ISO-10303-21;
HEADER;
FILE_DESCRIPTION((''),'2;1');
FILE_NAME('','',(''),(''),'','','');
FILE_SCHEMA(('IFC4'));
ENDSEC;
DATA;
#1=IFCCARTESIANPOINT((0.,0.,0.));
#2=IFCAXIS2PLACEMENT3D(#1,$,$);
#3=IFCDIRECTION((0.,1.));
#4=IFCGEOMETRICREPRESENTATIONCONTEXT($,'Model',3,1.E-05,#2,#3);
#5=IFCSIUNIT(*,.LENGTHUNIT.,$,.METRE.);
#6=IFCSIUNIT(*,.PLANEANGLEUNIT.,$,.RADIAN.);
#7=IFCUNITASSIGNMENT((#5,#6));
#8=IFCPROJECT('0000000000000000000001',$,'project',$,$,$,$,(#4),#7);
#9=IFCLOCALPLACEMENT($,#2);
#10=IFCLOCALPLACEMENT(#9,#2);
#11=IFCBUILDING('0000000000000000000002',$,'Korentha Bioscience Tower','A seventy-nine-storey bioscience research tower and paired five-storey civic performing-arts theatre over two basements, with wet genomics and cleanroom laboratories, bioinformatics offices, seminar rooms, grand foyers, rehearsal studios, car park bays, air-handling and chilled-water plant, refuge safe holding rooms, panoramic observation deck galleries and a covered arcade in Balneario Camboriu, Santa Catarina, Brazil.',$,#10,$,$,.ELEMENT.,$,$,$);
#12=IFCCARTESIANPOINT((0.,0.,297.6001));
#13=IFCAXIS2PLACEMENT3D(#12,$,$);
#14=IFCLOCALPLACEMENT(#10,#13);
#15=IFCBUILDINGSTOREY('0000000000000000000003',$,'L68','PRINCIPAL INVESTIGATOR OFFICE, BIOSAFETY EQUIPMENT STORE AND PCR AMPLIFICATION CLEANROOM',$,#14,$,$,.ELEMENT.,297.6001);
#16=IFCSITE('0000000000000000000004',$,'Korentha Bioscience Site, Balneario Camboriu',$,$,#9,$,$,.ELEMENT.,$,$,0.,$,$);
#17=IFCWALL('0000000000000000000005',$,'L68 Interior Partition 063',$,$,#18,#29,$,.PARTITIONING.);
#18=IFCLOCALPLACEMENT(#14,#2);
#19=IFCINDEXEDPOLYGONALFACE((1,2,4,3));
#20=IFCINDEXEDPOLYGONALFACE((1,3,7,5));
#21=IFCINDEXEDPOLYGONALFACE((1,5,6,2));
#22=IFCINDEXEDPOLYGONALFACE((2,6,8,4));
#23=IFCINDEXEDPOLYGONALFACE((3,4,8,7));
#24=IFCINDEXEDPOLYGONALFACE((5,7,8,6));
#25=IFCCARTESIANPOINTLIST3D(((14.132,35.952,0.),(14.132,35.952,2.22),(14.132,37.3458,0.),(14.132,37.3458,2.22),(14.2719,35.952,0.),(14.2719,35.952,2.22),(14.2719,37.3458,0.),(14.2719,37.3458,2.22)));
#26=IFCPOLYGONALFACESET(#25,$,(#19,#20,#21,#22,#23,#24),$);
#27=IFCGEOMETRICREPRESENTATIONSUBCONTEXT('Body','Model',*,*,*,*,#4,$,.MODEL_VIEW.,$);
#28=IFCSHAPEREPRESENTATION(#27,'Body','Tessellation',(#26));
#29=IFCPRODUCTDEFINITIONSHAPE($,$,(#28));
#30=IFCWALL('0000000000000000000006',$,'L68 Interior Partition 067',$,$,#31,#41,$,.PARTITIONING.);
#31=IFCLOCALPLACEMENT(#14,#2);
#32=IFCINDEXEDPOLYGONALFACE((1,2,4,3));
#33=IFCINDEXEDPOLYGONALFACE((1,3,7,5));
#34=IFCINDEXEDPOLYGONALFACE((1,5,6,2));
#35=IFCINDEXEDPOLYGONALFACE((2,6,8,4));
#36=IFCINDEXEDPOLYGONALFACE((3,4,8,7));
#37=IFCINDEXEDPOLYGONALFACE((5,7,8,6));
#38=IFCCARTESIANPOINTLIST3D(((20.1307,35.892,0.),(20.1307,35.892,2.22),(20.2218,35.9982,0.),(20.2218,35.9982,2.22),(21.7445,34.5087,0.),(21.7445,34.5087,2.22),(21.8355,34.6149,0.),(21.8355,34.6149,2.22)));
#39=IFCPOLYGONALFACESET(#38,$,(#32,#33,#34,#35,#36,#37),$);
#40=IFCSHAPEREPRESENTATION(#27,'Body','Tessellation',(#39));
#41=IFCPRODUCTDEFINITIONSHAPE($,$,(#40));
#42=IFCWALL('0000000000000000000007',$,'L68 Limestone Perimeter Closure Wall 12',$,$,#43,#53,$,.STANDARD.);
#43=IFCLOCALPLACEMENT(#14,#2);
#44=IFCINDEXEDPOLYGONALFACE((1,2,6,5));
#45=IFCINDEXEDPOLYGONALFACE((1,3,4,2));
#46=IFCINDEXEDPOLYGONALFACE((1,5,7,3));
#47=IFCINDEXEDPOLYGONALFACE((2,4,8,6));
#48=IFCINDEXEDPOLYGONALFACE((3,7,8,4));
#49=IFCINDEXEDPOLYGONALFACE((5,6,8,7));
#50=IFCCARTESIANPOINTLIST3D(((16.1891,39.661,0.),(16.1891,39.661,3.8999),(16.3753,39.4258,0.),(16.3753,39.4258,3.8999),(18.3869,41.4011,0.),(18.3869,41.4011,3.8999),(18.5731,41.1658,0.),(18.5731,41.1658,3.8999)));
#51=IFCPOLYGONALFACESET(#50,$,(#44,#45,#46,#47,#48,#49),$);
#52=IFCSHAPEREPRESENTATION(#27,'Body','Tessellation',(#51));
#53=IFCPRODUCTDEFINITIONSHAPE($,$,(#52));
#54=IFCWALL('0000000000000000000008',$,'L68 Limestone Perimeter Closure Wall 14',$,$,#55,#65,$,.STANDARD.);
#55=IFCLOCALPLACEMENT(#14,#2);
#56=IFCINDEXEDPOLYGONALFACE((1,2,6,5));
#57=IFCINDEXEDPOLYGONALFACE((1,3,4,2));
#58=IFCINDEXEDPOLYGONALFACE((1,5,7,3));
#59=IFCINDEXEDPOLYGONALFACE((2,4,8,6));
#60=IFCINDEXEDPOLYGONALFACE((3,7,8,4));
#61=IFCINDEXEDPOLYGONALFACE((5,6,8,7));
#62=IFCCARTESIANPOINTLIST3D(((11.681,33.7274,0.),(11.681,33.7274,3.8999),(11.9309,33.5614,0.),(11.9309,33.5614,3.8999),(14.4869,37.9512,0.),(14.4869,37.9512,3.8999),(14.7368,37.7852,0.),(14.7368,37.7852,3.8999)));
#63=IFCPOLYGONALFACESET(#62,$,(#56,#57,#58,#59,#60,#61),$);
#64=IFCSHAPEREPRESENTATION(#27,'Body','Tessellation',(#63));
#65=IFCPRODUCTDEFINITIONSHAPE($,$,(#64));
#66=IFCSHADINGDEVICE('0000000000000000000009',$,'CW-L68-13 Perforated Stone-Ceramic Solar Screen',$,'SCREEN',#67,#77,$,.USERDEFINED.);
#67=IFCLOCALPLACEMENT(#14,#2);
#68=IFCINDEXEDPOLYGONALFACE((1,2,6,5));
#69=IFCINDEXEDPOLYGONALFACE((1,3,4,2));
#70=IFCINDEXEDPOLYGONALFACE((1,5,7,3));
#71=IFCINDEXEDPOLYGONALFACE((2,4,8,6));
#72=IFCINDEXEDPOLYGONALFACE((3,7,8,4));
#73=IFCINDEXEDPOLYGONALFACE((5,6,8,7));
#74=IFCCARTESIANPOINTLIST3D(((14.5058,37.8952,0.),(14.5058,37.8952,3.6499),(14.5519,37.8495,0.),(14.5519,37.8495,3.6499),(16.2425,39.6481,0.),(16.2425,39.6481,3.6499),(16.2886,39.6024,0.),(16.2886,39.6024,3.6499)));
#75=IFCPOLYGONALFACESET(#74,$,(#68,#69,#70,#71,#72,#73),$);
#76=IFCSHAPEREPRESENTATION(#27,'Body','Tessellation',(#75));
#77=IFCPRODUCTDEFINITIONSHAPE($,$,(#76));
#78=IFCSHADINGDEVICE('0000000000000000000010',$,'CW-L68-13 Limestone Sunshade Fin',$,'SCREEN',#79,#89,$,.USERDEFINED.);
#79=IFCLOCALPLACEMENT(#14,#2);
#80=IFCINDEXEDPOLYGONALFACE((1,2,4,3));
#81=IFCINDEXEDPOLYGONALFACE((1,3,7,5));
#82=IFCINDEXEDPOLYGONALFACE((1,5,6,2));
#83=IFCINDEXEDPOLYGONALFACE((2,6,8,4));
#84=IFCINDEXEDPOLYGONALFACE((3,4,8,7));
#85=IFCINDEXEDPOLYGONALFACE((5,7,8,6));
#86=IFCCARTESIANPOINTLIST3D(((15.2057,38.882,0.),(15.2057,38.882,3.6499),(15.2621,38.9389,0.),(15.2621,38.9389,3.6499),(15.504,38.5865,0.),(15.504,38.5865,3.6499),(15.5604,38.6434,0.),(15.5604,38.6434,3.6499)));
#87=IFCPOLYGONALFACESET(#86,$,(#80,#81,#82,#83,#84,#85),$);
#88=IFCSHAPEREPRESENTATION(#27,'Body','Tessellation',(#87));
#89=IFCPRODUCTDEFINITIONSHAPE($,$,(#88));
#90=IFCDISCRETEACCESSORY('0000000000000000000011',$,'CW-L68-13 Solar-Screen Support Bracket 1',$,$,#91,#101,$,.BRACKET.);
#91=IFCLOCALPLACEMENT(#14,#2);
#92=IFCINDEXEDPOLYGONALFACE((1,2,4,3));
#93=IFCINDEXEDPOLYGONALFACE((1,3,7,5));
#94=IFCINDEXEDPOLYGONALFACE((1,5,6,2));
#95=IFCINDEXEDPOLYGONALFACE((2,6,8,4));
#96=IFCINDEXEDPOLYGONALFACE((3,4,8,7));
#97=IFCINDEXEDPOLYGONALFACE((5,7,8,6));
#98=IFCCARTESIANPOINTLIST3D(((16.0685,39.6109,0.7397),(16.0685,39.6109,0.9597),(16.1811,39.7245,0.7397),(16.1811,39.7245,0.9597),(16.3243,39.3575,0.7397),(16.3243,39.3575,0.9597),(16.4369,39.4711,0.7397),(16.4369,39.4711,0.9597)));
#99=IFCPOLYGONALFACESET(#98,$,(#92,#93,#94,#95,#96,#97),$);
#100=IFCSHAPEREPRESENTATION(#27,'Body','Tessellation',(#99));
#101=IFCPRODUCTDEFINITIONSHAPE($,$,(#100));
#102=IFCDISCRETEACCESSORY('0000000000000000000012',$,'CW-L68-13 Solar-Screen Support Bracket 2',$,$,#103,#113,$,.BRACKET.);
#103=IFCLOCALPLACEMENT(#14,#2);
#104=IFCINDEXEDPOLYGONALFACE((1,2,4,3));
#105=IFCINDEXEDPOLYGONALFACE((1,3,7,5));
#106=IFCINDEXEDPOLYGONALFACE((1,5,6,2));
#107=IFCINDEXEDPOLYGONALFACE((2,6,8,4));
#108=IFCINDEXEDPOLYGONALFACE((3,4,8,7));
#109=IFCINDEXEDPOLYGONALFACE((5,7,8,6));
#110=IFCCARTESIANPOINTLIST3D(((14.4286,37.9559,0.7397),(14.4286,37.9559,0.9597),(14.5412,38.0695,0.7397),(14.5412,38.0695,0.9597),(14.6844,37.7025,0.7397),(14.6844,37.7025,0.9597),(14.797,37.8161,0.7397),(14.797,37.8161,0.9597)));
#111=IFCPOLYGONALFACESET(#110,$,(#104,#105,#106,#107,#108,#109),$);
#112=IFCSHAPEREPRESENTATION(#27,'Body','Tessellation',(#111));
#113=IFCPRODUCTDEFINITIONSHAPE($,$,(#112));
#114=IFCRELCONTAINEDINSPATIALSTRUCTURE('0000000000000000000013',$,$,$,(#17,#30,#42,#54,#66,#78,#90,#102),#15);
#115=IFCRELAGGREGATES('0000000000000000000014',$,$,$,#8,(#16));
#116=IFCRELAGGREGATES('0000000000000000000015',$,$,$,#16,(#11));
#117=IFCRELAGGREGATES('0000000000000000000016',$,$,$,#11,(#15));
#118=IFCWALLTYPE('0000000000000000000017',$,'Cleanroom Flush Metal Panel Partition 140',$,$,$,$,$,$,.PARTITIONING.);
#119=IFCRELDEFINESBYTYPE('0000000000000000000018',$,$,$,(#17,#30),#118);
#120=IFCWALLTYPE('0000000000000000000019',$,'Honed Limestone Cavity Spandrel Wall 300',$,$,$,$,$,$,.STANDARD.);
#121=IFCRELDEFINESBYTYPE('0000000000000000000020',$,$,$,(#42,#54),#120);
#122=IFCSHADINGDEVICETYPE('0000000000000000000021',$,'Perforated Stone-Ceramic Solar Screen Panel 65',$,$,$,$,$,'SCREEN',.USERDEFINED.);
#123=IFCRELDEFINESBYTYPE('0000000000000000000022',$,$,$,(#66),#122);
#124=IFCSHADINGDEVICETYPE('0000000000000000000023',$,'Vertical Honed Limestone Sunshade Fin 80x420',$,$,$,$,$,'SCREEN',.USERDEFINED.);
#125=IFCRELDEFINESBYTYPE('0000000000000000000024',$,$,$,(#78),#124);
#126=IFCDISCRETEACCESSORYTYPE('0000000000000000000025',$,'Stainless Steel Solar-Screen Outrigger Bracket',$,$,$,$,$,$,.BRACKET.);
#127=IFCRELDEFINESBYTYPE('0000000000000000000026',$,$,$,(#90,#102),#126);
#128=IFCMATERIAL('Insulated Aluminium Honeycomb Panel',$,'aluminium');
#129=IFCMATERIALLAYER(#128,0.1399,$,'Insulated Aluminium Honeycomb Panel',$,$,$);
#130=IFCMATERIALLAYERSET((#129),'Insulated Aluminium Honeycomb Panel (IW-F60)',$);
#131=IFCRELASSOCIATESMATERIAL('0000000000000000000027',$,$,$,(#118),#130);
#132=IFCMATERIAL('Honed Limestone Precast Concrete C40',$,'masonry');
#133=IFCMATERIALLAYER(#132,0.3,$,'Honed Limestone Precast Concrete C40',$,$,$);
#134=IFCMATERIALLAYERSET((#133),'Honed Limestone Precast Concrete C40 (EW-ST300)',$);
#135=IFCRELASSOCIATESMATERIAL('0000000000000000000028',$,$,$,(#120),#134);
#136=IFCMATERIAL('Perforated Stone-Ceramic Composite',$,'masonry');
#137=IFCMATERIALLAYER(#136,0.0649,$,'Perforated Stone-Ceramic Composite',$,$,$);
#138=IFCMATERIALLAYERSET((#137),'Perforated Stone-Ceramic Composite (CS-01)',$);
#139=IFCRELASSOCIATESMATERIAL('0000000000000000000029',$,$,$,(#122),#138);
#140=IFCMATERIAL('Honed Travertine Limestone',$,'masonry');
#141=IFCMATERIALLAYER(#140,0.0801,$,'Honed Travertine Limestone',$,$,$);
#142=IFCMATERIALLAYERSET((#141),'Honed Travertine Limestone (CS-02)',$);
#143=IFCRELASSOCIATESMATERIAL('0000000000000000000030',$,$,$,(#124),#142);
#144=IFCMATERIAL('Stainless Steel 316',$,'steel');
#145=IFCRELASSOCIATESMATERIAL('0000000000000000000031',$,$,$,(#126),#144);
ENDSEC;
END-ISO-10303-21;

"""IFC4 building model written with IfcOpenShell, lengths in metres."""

from ifc_helpers import new_model, si_unit, direction, frame, frame_2d, origin, origin_2d, place, context, subcontext, project, spatial, rectangle, extrude, material, layer, layer_set, type_object, element, save


model = new_model("IFC4")

# Units and contexts
model_context = context("Model", 3, precision=1e-05, world=origin(), true_north=direction((0.0, 1.0)))
body_context = subcontext(model_context, "Body", "Model", "MODEL_VIEW")
ifc_project = project(units=[si_unit("LENGTHUNIT", "METRE"), si_unit("PLANEANGLEUNIT", "RADIAN")], contexts=[model_context])

# Site, building, storey
site_placement = place(None, origin())
site = spatial("IfcSite", under=ifc_project, at=site_placement, Name="Korentha Bioscience Site, Balneario Camboriu", CompositionType="ELEMENT", RefElevation=0.0)
building_placement = place(site_placement, origin())
building = spatial("IfcBuilding", under=site, at=building_placement, Name="Korentha Bioscience Tower", Description="A seventy-nine-storey bioscience research tower and paired five-storey civic performing-arts theatre over two basements, with wet genomics and cleanroom laboratories, bioinformatics offices, seminar rooms, grand foyers, rehearsal studios, car park bays, air-handling and chilled-water plant, refuge safe holding rooms, panoramic observation deck galleries and a covered arcade in Balneario Camboriu, Santa Catarina, Brazil.", CompositionType="ELEMENT")
storey_placement = place(building_placement, frame((0.0, 0.0, 297.6001)))
storey = spatial("IfcBuildingStorey", under=building, at=storey_placement, Name="L68", Description="PRINCIPAL INVESTIGATOR OFFICE, BIOSAFETY EQUIPMENT STORE AND PCR AMPLIFICATION CLEANROOM", CompositionType="ELEMENT", Elevation=297.6001)

# Walls
ifc_material_1 = material(Name="Insulated Aluminium Honeycomb Panel", Category="aluminium")
ifc_layer_1 = layer(ifc_material_1, 0.1399, Name="Insulated Aluminium Honeycomb Panel")
ifc_layer_set_1 = layer_set([ifc_layer_1], Name="Insulated Aluminium Honeycomb Panel (IW-F60)")
wall_type_1 = type_object("IfcWallType", Name="Cleanroom Flush Metal Panel Partition 140", PredefinedType="PARTITIONING", material=ifc_layer_set_1)
wall_1_placement = place(storey_placement, frame((14.2019, 35.9521, 0.0), z_axis=(0.0, 0.0, 1.0), x_axis=(0.0, 1.0, 0.0)))
element("IfcWall", 1, at=wall_1_placement, inside=storey, type_object=wall_type_1, Name="L68 Interior Partition 063", PredefinedType="PARTITIONING", context=body_context, shape_type="SweptSolid", body=[
    extrude(rectangle(XDim=1.3938, YDim=0.1399, at=frame_2d((0.6968, 0.0))), origin(), (0.0, 0.0, 1.0), 2.22),
])
wall_2_placement = place(storey_placement, frame((20.1763, 35.9451, 0.0), z_axis=(0.0, 0.0, 1.0), x_axis=(0.75924, -0.65081, 0.0)))
element("IfcWall", 2, at=wall_2_placement, inside=storey, type_object=wall_type_1, Name="L68 Interior Partition 067", PredefinedType="PARTITIONING", context=body_context, shape_type="SweptSolid", body=[
    extrude(rectangle(XDim=2.1255, YDim=0.1399, at=frame_2d((1.0627, 0.0))), origin(), (0.0, 0.0, 1.0), 2.22),
])

# Shared definitions
ifc_material_2 = material(Name="Honed Limestone Precast Concrete C40", Category="masonry")
ifc_layer_2 = layer(ifc_material_2, 0.3, Name="Honed Limestone Precast Concrete C40")
ifc_layer_set_2 = layer_set([ifc_layer_2], Name="Honed Limestone Precast Concrete C40 (EW-ST300)")
wall_type_2 = type_object("IfcWallType", Name="Honed Limestone Cavity Spandrel Wall 300", PredefinedType="STANDARD", material=ifc_layer_set_2)

# Walls
wall_3_placement = place(storey_placement, frame((18.48, 41.2834, 0.0), z_axis=(0.0, 0.0, 1.0), x_axis=(-0.784028, -0.620725, 0.0)))
element("IfcWall", 3, at=wall_3_placement, inside=storey, type_object=wall_type_2, Name="L68 Limestone Perimeter Closure Wall 12", PredefinedType="STANDARD", context=body_context, shape_type="SweptSolid", body=[
    extrude(rectangle(XDim=2.8032, YDim=0.3, at=frame_2d((1.4016, 0.0))), origin(), (0.0, 0.0, 1.0), 3.8999),
])
wall_4_placement = place(storey_placement, frame((14.6118, 37.8682, 0.0), z_axis=(0.0, 0.0, 1.0), x_axis=(-0.553333, -0.83296, 0.0)))
element("IfcWall", 4, at=wall_4_placement, inside=storey, type_object=wall_type_2, Name="L68 Limestone Perimeter Closure Wall 14", PredefinedType="STANDARD", context=body_context, shape_type="SweptSolid", body=[
    extrude(rectangle(XDim=5.0708, YDim=0.3, at=frame_2d((2.5354, 0.0))), origin(), (0.0, 0.0, 1.0), 3.8999),
])

# Shading devices
ifc_material_3 = material(Name="Perforated Stone-Ceramic Composite", Category="masonry")
ifc_layer_3 = layer(ifc_material_3, 0.0649, Name="Perforated Stone-Ceramic Composite")
ifc_layer_set_3 = layer_set([ifc_layer_3], Name="Perforated Stone-Ceramic Composite (CS-01)")
shading_device_type_1 = type_object("IfcShadingDeviceType", Name="Perforated Stone-Ceramic Solar Screen Panel 65", ElementType="SCREEN", PredefinedType="USERDEFINED", material=ifc_layer_set_3)
shading_device_1_placement = place(storey_placement, frame((15.3972, 38.7488, 0.0), z_axis=(0.0, 0.0, 1.0), x_axis=(-0.703813, -0.710385, 0.0)))
element("IfcShadingDevice", 5, at=shading_device_1_placement, inside=storey, type_object=shading_device_type_1, Name="CW-L68-13 Perforated Stone-Ceramic Solar Screen", ObjectType="SCREEN", PredefinedType="USERDEFINED", context=body_context, shape_type="SweptSolid", body=[
    extrude(rectangle(XDim=2.4675, YDim=0.0649, at=origin_2d()), origin(), (0.0, 0.0, 1.0), 3.6499),
])
ifc_material_4 = material(Name="Honed Travertine Limestone", Category="masonry")
ifc_layer_4 = layer(ifc_material_4, 0.0801, Name="Honed Travertine Limestone")
ifc_layer_set_4 = layer_set([ifc_layer_4], Name="Honed Travertine Limestone (CS-02)")
shading_device_type_2 = type_object("IfcShadingDeviceType", Name="Vertical Honed Limestone Sunshade Fin 80x420", ElementType="SCREEN", PredefinedType="USERDEFINED", material=ifc_layer_set_4)
shading_device_2_placement = place(storey_placement, frame((15.3831, 38.7627, 0.0), z_axis=(0.0, 0.0, 1.0), x_axis=(-0.703813, -0.710385, 0.0)))
element("IfcShadingDevice", 6, at=shading_device_2_placement, inside=storey, type_object=shading_device_type_2, Name="CW-L68-13 Limestone Sunshade Fin", ObjectType="SCREEN", PredefinedType="USERDEFINED", context=body_context, shape_type="SweptSolid", body=[
    extrude(rectangle(XDim=0.0801, YDim=0.4199, at=origin_2d()), origin(), (0.0, 0.0, 1.0), 3.6499),
])

# Discrete accessories
ifc_material_5 = material(Name="Stainless Steel 316", Category="steel")
discrete_accessory_type = type_object("IfcDiscreteAccessoryType", Name="Stainless Steel Solar-Screen Outrigger Bracket", PredefinedType="BRACKET", material=ifc_material_5)
for number, where, z_axis, x_axis, name in (
    (7, (16.2527, 39.541, 0.7397), (0.0, 0.0, 1.0), (-0.703813, -0.710385, 0.0), "CW-L68-13 Solar-Screen Support Bracket 1"),
    (8, (14.6128, 37.886, 0.7397), (0.0, 0.0, 1.0), (-0.703813, -0.710385, 0.0), "CW-L68-13 Solar-Screen Support Bracket 2"),
):
    element("IfcDiscreteAccessory", number, at=place(storey_placement, frame(where, z_axis=z_axis, x_axis=x_axis)), inside=storey, type_object=discrete_accessory_type, Name=name, PredefinedType="BRACKET", context=body_context, shape_type="SweptSolid", body=[
        extrude(rectangle(XDim=0.1599, YDim=0.3601, at=origin_2d()), origin(), (0.0, 0.0, 1.0), 0.22),
    ])

save(model, "model.ifc")
